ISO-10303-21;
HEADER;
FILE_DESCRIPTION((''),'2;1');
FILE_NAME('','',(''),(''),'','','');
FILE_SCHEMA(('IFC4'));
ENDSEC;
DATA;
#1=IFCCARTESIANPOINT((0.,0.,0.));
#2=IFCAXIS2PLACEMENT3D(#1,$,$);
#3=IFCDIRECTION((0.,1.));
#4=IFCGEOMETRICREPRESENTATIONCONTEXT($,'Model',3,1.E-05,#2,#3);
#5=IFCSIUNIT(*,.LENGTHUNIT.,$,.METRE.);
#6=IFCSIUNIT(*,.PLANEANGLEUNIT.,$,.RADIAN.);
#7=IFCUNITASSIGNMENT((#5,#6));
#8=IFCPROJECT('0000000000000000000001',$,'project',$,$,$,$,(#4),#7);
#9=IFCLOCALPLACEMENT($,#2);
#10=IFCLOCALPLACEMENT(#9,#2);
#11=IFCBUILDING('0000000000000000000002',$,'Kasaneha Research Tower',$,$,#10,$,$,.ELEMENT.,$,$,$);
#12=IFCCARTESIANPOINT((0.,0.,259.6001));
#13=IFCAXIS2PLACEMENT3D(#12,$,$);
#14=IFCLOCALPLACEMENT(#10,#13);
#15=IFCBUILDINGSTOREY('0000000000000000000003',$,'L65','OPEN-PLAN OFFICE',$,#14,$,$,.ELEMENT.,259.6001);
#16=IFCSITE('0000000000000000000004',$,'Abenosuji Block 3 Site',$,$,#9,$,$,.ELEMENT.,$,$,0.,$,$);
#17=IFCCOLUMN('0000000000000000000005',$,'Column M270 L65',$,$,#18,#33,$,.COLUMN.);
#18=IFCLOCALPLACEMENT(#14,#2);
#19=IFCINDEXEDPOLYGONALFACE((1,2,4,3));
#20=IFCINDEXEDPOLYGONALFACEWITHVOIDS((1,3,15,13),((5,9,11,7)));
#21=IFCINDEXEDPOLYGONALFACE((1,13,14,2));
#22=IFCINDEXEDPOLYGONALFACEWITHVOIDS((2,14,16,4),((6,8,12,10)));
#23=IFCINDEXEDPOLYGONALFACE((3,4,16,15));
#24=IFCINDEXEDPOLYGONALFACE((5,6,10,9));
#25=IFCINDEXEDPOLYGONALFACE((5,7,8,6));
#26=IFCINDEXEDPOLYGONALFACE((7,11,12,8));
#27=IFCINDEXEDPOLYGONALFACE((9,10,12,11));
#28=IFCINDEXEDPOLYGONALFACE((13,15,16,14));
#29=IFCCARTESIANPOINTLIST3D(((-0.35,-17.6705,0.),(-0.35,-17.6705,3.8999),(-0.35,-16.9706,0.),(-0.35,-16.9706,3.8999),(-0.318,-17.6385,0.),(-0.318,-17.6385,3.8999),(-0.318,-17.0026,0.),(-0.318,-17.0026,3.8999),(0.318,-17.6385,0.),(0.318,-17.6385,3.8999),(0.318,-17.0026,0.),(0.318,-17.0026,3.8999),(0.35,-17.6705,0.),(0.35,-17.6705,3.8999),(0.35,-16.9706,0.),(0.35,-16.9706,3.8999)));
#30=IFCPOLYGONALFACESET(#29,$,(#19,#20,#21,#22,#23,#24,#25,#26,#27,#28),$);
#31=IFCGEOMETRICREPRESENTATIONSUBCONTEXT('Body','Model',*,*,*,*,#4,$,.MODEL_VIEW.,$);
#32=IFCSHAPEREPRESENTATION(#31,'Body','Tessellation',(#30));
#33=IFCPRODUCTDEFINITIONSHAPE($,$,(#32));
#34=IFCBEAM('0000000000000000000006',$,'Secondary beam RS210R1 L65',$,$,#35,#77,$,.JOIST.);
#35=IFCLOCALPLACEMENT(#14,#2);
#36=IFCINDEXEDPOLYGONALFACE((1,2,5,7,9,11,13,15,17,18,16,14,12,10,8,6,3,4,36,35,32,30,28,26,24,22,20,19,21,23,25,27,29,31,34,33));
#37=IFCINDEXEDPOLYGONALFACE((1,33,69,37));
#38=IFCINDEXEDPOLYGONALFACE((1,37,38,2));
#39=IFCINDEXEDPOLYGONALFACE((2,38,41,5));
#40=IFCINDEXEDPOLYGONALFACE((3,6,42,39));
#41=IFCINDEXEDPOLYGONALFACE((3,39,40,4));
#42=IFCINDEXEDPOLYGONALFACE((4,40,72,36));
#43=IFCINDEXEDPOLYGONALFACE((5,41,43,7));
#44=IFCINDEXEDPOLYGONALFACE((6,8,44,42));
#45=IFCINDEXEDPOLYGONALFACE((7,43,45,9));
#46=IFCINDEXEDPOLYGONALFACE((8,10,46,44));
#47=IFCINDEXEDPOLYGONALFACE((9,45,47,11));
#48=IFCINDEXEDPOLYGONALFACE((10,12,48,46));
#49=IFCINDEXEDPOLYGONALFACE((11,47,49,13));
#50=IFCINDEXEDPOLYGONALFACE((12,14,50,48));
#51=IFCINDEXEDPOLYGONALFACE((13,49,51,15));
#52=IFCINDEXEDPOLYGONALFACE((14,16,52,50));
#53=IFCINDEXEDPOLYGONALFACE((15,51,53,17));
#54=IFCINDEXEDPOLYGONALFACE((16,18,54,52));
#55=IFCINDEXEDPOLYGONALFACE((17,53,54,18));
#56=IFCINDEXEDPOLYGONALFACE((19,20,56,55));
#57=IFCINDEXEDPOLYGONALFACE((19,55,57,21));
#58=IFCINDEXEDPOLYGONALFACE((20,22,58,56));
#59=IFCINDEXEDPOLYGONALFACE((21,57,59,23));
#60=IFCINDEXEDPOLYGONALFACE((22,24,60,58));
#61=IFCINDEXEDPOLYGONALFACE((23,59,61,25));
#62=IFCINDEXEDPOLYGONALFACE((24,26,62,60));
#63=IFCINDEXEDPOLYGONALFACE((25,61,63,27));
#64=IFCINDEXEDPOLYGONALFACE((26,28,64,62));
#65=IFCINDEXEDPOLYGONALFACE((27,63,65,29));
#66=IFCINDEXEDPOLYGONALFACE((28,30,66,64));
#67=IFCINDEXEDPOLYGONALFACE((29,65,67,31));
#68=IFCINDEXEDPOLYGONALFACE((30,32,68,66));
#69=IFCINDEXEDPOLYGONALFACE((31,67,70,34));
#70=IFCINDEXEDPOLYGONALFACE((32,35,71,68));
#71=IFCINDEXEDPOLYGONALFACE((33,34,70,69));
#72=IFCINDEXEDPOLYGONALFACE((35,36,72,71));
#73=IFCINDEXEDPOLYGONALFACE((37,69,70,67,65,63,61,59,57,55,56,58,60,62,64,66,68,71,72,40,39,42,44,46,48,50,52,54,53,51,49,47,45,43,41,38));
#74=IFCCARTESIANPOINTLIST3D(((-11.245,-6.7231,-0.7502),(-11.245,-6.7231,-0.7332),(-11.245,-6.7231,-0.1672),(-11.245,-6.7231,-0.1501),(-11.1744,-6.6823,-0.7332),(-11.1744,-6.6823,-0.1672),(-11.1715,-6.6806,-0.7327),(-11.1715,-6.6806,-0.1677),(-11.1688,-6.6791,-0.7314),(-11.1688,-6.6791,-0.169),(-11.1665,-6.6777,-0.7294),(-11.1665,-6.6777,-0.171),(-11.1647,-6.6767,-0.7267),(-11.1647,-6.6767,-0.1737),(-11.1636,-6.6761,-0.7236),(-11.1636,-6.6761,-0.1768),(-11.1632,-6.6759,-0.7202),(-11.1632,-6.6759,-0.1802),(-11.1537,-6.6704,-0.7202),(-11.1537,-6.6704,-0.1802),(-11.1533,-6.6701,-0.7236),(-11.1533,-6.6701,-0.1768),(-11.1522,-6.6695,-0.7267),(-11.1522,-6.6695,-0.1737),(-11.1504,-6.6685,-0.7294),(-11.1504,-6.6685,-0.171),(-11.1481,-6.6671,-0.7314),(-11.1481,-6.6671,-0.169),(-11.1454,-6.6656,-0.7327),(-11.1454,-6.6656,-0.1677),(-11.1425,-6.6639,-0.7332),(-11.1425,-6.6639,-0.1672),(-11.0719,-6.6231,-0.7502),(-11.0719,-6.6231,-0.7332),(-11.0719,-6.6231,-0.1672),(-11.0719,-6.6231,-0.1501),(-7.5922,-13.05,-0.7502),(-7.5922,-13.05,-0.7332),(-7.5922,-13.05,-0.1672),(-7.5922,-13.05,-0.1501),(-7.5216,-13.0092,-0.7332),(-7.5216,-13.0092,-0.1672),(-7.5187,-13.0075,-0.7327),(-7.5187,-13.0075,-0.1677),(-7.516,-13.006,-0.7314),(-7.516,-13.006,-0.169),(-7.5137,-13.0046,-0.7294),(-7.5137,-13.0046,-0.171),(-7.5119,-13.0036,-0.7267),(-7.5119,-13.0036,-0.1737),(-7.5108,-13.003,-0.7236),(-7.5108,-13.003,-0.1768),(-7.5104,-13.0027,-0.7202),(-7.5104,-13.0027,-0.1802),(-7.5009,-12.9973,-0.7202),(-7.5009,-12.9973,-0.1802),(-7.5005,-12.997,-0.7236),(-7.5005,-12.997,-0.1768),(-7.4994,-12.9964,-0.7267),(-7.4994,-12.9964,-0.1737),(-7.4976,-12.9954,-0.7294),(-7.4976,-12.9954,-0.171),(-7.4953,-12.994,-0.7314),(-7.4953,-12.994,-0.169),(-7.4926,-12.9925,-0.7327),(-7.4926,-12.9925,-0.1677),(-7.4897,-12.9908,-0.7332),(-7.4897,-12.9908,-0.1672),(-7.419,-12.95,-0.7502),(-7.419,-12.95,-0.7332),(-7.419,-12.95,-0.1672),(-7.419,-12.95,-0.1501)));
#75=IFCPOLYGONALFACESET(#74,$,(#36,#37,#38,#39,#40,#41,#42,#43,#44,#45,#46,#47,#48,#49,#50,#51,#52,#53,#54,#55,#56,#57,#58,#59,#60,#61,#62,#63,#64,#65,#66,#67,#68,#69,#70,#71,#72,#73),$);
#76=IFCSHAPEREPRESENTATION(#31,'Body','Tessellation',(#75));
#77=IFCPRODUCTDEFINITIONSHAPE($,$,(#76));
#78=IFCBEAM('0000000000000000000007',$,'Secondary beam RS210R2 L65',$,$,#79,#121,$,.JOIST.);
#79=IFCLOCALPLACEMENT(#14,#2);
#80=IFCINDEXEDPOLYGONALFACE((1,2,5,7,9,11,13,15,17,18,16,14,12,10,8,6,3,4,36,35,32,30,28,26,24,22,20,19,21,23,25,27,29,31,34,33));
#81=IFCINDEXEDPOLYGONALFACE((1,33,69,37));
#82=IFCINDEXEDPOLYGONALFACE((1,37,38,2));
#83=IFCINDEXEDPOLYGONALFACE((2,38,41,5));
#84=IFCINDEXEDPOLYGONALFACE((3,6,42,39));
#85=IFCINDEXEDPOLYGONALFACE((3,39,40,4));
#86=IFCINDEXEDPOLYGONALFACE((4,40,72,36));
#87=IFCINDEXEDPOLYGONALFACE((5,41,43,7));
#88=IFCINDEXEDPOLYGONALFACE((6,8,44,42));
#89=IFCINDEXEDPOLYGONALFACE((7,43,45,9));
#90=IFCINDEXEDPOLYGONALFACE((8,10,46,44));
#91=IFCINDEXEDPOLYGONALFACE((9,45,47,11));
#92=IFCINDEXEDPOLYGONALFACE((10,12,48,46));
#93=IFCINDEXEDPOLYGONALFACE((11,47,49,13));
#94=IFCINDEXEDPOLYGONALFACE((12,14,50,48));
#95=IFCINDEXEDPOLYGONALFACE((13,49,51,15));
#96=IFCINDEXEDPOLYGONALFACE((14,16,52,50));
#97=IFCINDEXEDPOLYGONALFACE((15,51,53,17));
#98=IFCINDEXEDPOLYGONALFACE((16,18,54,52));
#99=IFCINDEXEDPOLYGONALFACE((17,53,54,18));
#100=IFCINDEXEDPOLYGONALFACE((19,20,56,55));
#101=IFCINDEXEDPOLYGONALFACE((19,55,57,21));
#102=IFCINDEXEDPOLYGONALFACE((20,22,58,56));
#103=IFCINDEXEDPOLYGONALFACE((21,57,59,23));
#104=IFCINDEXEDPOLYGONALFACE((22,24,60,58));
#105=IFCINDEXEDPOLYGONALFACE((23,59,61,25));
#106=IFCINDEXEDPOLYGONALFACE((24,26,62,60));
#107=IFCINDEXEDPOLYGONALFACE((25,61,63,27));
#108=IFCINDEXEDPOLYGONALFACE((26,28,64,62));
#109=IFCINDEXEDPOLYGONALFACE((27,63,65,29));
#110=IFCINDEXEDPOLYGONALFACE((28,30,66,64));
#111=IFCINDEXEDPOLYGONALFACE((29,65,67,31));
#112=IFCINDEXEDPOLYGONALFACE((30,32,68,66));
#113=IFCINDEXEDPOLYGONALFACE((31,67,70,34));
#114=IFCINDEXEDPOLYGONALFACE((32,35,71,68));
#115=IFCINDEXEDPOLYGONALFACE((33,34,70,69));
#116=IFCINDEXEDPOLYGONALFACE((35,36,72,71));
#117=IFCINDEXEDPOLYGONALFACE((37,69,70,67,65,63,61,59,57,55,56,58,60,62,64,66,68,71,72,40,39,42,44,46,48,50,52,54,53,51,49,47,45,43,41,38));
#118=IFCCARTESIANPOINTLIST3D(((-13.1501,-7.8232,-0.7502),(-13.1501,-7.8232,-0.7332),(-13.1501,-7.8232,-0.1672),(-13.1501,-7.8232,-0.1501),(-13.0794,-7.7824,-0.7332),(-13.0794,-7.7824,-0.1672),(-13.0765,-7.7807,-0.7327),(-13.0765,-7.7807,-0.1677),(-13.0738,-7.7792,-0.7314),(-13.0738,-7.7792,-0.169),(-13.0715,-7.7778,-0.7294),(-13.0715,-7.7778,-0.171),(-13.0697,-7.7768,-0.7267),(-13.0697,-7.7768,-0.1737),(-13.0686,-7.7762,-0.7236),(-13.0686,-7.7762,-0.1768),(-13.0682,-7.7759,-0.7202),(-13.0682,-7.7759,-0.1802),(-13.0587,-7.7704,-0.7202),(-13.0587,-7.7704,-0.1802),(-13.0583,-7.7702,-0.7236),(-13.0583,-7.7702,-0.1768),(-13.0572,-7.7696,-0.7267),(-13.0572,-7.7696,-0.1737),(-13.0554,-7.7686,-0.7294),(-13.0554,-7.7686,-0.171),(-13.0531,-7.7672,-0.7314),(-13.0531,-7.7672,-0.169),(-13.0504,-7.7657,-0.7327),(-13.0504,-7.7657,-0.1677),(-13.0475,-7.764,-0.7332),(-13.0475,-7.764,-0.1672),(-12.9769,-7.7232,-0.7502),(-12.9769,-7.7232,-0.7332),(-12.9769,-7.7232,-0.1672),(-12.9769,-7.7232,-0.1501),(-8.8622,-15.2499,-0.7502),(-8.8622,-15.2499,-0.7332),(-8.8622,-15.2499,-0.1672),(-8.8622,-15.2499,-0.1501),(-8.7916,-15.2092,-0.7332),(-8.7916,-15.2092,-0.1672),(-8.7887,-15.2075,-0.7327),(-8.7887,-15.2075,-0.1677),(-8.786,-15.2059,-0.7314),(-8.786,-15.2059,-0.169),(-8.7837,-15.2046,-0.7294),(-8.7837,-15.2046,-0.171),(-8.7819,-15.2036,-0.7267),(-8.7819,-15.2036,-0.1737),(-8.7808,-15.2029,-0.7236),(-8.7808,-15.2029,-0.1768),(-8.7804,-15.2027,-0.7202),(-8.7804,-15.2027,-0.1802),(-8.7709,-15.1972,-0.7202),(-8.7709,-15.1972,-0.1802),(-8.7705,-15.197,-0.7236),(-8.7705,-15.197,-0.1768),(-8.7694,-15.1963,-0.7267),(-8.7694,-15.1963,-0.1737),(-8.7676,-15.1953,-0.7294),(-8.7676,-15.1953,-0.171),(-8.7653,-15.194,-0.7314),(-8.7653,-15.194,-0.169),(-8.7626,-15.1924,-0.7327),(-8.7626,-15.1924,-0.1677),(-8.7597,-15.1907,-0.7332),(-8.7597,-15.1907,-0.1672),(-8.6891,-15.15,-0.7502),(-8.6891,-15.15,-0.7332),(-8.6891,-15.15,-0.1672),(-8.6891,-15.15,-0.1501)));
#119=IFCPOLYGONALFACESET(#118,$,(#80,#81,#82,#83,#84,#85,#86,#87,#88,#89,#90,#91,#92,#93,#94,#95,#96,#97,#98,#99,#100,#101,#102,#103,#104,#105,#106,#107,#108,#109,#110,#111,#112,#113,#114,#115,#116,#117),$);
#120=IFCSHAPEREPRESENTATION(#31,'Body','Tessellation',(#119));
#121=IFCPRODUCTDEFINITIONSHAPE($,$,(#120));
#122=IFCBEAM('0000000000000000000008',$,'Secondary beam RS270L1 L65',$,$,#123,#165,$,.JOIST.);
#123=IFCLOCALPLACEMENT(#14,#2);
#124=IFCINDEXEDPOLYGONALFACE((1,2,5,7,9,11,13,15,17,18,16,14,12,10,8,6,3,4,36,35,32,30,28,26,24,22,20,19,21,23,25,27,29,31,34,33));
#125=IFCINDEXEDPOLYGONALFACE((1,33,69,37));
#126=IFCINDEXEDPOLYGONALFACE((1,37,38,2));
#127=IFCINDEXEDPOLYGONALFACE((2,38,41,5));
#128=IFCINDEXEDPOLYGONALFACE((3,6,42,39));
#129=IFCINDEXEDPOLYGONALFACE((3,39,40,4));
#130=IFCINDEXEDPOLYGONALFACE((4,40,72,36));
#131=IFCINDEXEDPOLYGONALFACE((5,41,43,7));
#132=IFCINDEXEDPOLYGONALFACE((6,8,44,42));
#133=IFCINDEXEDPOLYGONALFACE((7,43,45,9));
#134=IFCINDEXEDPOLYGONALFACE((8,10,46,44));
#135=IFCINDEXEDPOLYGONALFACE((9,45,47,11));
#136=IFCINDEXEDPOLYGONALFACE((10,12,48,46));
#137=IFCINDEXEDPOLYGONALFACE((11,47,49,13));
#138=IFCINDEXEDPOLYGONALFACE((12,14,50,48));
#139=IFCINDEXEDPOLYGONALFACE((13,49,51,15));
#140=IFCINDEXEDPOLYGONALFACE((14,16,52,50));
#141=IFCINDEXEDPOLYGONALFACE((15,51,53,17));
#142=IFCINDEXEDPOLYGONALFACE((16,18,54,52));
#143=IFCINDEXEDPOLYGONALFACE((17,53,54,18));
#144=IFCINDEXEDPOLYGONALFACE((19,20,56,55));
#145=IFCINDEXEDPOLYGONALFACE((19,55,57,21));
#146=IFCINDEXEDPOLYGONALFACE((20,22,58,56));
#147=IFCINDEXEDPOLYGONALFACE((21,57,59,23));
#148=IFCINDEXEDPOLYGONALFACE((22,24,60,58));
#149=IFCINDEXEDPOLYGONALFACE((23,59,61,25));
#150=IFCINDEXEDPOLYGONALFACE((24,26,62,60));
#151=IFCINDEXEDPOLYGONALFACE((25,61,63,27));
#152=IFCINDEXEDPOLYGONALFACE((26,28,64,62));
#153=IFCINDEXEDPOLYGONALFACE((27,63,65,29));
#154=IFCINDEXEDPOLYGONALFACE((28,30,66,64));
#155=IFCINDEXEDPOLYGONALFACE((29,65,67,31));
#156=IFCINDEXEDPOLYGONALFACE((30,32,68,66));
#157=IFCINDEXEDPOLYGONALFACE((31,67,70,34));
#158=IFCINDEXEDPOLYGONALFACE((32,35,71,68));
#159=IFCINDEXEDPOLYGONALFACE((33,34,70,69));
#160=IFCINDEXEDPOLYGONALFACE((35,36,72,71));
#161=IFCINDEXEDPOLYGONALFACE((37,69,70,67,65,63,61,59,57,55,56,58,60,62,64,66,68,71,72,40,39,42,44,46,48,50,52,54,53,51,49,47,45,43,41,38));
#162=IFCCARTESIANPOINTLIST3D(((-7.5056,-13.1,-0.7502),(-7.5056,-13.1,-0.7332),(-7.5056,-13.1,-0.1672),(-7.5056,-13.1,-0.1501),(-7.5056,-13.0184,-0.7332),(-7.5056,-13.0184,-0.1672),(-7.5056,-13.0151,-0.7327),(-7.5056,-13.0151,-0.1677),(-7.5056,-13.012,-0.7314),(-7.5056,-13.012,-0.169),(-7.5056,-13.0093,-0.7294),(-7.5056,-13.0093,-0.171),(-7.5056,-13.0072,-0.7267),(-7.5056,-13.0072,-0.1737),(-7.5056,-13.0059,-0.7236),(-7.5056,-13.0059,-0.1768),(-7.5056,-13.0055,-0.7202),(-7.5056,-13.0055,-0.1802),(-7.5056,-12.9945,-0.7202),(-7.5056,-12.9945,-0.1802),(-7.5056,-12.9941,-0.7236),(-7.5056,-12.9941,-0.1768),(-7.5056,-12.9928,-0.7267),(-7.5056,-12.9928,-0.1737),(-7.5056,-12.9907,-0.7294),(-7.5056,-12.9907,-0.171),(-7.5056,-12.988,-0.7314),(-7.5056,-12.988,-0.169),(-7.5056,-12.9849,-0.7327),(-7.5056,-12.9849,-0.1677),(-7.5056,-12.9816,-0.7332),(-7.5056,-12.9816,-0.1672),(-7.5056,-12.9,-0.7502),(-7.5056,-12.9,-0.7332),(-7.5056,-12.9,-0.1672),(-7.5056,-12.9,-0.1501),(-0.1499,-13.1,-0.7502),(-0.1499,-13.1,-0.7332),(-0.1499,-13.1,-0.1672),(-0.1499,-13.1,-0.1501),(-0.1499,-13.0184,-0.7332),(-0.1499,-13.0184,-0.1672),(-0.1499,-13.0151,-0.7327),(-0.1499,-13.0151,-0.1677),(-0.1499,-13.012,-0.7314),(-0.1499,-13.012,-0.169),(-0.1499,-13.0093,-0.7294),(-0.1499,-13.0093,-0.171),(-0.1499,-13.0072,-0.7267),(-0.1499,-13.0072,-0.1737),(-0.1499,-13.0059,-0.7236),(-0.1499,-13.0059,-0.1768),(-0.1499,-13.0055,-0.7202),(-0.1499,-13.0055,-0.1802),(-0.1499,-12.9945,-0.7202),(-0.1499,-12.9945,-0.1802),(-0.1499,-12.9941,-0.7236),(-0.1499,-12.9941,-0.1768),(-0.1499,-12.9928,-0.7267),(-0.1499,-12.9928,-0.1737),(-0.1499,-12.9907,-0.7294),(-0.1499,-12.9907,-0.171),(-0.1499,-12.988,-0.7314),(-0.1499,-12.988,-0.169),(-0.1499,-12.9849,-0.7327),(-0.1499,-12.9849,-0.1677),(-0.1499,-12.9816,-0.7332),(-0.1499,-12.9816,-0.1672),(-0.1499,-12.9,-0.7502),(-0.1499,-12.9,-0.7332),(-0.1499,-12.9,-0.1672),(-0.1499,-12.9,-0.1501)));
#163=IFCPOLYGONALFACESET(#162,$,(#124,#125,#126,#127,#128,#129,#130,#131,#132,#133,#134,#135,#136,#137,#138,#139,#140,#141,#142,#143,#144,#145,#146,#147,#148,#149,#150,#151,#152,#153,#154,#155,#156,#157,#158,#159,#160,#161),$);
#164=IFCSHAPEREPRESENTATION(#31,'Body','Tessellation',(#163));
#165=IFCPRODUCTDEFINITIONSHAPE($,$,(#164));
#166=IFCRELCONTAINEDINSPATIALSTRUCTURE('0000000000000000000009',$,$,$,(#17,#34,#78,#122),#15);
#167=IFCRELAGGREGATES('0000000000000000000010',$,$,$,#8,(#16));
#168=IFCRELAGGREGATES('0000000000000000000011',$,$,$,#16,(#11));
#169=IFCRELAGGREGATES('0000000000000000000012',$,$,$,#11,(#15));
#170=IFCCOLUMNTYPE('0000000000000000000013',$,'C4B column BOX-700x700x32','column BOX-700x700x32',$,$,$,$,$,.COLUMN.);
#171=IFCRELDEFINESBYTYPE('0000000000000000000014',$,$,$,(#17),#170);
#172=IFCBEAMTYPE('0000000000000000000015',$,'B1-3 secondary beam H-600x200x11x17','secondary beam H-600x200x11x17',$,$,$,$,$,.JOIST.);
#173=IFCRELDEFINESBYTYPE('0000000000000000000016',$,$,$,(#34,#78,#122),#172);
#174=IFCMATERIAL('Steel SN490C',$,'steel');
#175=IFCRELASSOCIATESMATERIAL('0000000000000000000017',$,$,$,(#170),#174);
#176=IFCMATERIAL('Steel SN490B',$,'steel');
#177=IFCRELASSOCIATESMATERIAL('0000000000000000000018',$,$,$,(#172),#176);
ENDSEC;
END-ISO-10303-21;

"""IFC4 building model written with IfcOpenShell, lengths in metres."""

from ifc_helpers import new_model, si_unit, direction, frame, origin, origin_2d, place, context, subcontext, project, spatial, hollow_rectangle, i_section, extrude, material, material_profile, profile_set, type_object, element, save


model = new_model("IFC4")

# Units and contexts
model_context = context("Model", 3, precision=1e-05, world=origin(), true_north=direction((0.0, 1.0)))
body_context = subcontext(model_context, "Body", "Model", "MODEL_VIEW")
ifc_project = project(units=[si_unit("LENGTHUNIT", "METRE"), si_unit("PLANEANGLEUNIT", "RADIAN")], contexts=[model_context])

# Site, building, storey
site_placement = place(None, origin())
site = spatial("IfcSite", under=ifc_project, at=site_placement, Name="Abenosuji Block 3 Site", CompositionType="ELEMENT", RefElevation=0.0)
building_placement = place(site_placement, origin())
building = spatial("IfcBuilding", under=site, at=building_placement, Name="Kasaneha Research Tower", CompositionType="ELEMENT")
storey_placement = place(building_placement, frame((0.0, 0.0, 259.6001)))
storey = spatial("IfcBuildingStorey", under=building, at=storey_placement, Name="L65", Description="OPEN-PLAN OFFICE", CompositionType="ELEMENT", Elevation=259.6001)

# Column
ifc_material_1 = material(Name="Steel SN490C", Category="steel")
ifc_material_profile_1 = material_profile(ifc_material_1, hollow_rectangle(XDim=0.7, YDim=0.7, WallThickness=0.032, at=origin_2d()), Name="BOX-700x700x32")
ifc_profile_set_1 = profile_set([ifc_material_profile_1], Name="Steel SN490C")
column_type = type_object("IfcColumnType", Name="C4B column BOX-700x700x32", Description="column BOX-700x700x32", PredefinedType="COLUMN", material=ifc_profile_set_1)
column_placement = place(storey_placement, frame((0.0, -17.3206, 0.0), z_axis=(0.0, 0.0, 1.0), x_axis=(1.0, 0.0, 0.0)))
element("IfcColumn", 1, at=column_placement, inside=storey, type_object=column_type, Name="Column M270 L65", PredefinedType="COLUMN", context=body_context, shape_type="SweptSolid", body=[
    extrude(hollow_rectangle(XDim=0.7, YDim=0.7, WallThickness=0.032, at=origin_2d()), origin(), (0.0, 0.0, 1.0), 3.8999),
])

# Beams
ifc_material_2 = material(Name="Steel SN490B", Category="steel")
ifc_material_profile_2 = material_profile(ifc_material_2, i_section(OverallWidth=0.2, OverallDepth=0.6001, WebThickness=0.011, FlangeThickness=0.0171, FilletRadius=0.0129, at=origin_2d()), Name="H-600x200x11x17")
ifc_profile_set_2 = profile_set([ifc_material_profile_2], Name="Steel SN490B")
beam_type = type_object("IfcBeamType", Name="B1-3 secondary beam H-600x200x11x17", Description="secondary beam H-600x200x11x17", PredefinedType="JOIST", material=ifc_profile_set_2)
beam_1_placement = place(storey_placement, frame((-7.5056, -13.0, -0.4502), z_axis=(-0.499999, 0.866026, 0.0), x_axis=(-0.866026, -0.499999, 0.0)))
element("IfcBeam", 2, at=beam_1_placement, inside=storey, type_object=beam_type, Name="Secondary beam RS210R1 L65", PredefinedType="JOIST", context=body_context, shape_type="SweptSolid", body=[
    extrude(i_section(OverallWidth=0.2, OverallDepth=0.6001, WebThickness=0.011, FlangeThickness=0.0171, FilletRadius=0.0129, at=origin_2d()), origin(), (0.0, 0.0, 1.0), 7.3057),
])
beam_2_placement = place(storey_placement, frame((-8.7756, -15.2, -0.4502), z_axis=(-0.5, 0.866025, 0.0), x_axis=(-0.866025, -0.5, 0.0)))
element("IfcBeam", 3, at=beam_2_placement, inside=storey, type_object=beam_type, Name="Secondary beam RS210R2 L65", PredefinedType="JOIST", context=body_context, shape_type="SweptSolid", body=[
    extrude(i_section(OverallWidth=0.2, OverallDepth=0.6001, WebThickness=0.011, FlangeThickness=0.0171, FilletRadius=0.0129, at=origin_2d()), origin(), (0.0, 0.0, 1.0), 8.5757),
])
beam_3_placement = place(storey_placement, frame((-7.5056, -13.0, -0.4502), z_axis=(1.0, 0.0, 0.0), x_axis=(0.0, 1.0, 0.0)))
element("IfcBeam", 4, at=beam_3_placement, inside=storey, type_object=beam_type, Name="Secondary beam RS270L1 L65", PredefinedType="JOIST", context=body_context, shape_type="SweptSolid", body=[
    extrude(i_section(OverallWidth=0.2, OverallDepth=0.6001, WebThickness=0.011, FlangeThickness=0.0171, FilletRadius=0.0129, at=origin_2d()), origin(), (0.0, 0.0, 1.0), 7.3557),
])

save(model, "model.ifc")
